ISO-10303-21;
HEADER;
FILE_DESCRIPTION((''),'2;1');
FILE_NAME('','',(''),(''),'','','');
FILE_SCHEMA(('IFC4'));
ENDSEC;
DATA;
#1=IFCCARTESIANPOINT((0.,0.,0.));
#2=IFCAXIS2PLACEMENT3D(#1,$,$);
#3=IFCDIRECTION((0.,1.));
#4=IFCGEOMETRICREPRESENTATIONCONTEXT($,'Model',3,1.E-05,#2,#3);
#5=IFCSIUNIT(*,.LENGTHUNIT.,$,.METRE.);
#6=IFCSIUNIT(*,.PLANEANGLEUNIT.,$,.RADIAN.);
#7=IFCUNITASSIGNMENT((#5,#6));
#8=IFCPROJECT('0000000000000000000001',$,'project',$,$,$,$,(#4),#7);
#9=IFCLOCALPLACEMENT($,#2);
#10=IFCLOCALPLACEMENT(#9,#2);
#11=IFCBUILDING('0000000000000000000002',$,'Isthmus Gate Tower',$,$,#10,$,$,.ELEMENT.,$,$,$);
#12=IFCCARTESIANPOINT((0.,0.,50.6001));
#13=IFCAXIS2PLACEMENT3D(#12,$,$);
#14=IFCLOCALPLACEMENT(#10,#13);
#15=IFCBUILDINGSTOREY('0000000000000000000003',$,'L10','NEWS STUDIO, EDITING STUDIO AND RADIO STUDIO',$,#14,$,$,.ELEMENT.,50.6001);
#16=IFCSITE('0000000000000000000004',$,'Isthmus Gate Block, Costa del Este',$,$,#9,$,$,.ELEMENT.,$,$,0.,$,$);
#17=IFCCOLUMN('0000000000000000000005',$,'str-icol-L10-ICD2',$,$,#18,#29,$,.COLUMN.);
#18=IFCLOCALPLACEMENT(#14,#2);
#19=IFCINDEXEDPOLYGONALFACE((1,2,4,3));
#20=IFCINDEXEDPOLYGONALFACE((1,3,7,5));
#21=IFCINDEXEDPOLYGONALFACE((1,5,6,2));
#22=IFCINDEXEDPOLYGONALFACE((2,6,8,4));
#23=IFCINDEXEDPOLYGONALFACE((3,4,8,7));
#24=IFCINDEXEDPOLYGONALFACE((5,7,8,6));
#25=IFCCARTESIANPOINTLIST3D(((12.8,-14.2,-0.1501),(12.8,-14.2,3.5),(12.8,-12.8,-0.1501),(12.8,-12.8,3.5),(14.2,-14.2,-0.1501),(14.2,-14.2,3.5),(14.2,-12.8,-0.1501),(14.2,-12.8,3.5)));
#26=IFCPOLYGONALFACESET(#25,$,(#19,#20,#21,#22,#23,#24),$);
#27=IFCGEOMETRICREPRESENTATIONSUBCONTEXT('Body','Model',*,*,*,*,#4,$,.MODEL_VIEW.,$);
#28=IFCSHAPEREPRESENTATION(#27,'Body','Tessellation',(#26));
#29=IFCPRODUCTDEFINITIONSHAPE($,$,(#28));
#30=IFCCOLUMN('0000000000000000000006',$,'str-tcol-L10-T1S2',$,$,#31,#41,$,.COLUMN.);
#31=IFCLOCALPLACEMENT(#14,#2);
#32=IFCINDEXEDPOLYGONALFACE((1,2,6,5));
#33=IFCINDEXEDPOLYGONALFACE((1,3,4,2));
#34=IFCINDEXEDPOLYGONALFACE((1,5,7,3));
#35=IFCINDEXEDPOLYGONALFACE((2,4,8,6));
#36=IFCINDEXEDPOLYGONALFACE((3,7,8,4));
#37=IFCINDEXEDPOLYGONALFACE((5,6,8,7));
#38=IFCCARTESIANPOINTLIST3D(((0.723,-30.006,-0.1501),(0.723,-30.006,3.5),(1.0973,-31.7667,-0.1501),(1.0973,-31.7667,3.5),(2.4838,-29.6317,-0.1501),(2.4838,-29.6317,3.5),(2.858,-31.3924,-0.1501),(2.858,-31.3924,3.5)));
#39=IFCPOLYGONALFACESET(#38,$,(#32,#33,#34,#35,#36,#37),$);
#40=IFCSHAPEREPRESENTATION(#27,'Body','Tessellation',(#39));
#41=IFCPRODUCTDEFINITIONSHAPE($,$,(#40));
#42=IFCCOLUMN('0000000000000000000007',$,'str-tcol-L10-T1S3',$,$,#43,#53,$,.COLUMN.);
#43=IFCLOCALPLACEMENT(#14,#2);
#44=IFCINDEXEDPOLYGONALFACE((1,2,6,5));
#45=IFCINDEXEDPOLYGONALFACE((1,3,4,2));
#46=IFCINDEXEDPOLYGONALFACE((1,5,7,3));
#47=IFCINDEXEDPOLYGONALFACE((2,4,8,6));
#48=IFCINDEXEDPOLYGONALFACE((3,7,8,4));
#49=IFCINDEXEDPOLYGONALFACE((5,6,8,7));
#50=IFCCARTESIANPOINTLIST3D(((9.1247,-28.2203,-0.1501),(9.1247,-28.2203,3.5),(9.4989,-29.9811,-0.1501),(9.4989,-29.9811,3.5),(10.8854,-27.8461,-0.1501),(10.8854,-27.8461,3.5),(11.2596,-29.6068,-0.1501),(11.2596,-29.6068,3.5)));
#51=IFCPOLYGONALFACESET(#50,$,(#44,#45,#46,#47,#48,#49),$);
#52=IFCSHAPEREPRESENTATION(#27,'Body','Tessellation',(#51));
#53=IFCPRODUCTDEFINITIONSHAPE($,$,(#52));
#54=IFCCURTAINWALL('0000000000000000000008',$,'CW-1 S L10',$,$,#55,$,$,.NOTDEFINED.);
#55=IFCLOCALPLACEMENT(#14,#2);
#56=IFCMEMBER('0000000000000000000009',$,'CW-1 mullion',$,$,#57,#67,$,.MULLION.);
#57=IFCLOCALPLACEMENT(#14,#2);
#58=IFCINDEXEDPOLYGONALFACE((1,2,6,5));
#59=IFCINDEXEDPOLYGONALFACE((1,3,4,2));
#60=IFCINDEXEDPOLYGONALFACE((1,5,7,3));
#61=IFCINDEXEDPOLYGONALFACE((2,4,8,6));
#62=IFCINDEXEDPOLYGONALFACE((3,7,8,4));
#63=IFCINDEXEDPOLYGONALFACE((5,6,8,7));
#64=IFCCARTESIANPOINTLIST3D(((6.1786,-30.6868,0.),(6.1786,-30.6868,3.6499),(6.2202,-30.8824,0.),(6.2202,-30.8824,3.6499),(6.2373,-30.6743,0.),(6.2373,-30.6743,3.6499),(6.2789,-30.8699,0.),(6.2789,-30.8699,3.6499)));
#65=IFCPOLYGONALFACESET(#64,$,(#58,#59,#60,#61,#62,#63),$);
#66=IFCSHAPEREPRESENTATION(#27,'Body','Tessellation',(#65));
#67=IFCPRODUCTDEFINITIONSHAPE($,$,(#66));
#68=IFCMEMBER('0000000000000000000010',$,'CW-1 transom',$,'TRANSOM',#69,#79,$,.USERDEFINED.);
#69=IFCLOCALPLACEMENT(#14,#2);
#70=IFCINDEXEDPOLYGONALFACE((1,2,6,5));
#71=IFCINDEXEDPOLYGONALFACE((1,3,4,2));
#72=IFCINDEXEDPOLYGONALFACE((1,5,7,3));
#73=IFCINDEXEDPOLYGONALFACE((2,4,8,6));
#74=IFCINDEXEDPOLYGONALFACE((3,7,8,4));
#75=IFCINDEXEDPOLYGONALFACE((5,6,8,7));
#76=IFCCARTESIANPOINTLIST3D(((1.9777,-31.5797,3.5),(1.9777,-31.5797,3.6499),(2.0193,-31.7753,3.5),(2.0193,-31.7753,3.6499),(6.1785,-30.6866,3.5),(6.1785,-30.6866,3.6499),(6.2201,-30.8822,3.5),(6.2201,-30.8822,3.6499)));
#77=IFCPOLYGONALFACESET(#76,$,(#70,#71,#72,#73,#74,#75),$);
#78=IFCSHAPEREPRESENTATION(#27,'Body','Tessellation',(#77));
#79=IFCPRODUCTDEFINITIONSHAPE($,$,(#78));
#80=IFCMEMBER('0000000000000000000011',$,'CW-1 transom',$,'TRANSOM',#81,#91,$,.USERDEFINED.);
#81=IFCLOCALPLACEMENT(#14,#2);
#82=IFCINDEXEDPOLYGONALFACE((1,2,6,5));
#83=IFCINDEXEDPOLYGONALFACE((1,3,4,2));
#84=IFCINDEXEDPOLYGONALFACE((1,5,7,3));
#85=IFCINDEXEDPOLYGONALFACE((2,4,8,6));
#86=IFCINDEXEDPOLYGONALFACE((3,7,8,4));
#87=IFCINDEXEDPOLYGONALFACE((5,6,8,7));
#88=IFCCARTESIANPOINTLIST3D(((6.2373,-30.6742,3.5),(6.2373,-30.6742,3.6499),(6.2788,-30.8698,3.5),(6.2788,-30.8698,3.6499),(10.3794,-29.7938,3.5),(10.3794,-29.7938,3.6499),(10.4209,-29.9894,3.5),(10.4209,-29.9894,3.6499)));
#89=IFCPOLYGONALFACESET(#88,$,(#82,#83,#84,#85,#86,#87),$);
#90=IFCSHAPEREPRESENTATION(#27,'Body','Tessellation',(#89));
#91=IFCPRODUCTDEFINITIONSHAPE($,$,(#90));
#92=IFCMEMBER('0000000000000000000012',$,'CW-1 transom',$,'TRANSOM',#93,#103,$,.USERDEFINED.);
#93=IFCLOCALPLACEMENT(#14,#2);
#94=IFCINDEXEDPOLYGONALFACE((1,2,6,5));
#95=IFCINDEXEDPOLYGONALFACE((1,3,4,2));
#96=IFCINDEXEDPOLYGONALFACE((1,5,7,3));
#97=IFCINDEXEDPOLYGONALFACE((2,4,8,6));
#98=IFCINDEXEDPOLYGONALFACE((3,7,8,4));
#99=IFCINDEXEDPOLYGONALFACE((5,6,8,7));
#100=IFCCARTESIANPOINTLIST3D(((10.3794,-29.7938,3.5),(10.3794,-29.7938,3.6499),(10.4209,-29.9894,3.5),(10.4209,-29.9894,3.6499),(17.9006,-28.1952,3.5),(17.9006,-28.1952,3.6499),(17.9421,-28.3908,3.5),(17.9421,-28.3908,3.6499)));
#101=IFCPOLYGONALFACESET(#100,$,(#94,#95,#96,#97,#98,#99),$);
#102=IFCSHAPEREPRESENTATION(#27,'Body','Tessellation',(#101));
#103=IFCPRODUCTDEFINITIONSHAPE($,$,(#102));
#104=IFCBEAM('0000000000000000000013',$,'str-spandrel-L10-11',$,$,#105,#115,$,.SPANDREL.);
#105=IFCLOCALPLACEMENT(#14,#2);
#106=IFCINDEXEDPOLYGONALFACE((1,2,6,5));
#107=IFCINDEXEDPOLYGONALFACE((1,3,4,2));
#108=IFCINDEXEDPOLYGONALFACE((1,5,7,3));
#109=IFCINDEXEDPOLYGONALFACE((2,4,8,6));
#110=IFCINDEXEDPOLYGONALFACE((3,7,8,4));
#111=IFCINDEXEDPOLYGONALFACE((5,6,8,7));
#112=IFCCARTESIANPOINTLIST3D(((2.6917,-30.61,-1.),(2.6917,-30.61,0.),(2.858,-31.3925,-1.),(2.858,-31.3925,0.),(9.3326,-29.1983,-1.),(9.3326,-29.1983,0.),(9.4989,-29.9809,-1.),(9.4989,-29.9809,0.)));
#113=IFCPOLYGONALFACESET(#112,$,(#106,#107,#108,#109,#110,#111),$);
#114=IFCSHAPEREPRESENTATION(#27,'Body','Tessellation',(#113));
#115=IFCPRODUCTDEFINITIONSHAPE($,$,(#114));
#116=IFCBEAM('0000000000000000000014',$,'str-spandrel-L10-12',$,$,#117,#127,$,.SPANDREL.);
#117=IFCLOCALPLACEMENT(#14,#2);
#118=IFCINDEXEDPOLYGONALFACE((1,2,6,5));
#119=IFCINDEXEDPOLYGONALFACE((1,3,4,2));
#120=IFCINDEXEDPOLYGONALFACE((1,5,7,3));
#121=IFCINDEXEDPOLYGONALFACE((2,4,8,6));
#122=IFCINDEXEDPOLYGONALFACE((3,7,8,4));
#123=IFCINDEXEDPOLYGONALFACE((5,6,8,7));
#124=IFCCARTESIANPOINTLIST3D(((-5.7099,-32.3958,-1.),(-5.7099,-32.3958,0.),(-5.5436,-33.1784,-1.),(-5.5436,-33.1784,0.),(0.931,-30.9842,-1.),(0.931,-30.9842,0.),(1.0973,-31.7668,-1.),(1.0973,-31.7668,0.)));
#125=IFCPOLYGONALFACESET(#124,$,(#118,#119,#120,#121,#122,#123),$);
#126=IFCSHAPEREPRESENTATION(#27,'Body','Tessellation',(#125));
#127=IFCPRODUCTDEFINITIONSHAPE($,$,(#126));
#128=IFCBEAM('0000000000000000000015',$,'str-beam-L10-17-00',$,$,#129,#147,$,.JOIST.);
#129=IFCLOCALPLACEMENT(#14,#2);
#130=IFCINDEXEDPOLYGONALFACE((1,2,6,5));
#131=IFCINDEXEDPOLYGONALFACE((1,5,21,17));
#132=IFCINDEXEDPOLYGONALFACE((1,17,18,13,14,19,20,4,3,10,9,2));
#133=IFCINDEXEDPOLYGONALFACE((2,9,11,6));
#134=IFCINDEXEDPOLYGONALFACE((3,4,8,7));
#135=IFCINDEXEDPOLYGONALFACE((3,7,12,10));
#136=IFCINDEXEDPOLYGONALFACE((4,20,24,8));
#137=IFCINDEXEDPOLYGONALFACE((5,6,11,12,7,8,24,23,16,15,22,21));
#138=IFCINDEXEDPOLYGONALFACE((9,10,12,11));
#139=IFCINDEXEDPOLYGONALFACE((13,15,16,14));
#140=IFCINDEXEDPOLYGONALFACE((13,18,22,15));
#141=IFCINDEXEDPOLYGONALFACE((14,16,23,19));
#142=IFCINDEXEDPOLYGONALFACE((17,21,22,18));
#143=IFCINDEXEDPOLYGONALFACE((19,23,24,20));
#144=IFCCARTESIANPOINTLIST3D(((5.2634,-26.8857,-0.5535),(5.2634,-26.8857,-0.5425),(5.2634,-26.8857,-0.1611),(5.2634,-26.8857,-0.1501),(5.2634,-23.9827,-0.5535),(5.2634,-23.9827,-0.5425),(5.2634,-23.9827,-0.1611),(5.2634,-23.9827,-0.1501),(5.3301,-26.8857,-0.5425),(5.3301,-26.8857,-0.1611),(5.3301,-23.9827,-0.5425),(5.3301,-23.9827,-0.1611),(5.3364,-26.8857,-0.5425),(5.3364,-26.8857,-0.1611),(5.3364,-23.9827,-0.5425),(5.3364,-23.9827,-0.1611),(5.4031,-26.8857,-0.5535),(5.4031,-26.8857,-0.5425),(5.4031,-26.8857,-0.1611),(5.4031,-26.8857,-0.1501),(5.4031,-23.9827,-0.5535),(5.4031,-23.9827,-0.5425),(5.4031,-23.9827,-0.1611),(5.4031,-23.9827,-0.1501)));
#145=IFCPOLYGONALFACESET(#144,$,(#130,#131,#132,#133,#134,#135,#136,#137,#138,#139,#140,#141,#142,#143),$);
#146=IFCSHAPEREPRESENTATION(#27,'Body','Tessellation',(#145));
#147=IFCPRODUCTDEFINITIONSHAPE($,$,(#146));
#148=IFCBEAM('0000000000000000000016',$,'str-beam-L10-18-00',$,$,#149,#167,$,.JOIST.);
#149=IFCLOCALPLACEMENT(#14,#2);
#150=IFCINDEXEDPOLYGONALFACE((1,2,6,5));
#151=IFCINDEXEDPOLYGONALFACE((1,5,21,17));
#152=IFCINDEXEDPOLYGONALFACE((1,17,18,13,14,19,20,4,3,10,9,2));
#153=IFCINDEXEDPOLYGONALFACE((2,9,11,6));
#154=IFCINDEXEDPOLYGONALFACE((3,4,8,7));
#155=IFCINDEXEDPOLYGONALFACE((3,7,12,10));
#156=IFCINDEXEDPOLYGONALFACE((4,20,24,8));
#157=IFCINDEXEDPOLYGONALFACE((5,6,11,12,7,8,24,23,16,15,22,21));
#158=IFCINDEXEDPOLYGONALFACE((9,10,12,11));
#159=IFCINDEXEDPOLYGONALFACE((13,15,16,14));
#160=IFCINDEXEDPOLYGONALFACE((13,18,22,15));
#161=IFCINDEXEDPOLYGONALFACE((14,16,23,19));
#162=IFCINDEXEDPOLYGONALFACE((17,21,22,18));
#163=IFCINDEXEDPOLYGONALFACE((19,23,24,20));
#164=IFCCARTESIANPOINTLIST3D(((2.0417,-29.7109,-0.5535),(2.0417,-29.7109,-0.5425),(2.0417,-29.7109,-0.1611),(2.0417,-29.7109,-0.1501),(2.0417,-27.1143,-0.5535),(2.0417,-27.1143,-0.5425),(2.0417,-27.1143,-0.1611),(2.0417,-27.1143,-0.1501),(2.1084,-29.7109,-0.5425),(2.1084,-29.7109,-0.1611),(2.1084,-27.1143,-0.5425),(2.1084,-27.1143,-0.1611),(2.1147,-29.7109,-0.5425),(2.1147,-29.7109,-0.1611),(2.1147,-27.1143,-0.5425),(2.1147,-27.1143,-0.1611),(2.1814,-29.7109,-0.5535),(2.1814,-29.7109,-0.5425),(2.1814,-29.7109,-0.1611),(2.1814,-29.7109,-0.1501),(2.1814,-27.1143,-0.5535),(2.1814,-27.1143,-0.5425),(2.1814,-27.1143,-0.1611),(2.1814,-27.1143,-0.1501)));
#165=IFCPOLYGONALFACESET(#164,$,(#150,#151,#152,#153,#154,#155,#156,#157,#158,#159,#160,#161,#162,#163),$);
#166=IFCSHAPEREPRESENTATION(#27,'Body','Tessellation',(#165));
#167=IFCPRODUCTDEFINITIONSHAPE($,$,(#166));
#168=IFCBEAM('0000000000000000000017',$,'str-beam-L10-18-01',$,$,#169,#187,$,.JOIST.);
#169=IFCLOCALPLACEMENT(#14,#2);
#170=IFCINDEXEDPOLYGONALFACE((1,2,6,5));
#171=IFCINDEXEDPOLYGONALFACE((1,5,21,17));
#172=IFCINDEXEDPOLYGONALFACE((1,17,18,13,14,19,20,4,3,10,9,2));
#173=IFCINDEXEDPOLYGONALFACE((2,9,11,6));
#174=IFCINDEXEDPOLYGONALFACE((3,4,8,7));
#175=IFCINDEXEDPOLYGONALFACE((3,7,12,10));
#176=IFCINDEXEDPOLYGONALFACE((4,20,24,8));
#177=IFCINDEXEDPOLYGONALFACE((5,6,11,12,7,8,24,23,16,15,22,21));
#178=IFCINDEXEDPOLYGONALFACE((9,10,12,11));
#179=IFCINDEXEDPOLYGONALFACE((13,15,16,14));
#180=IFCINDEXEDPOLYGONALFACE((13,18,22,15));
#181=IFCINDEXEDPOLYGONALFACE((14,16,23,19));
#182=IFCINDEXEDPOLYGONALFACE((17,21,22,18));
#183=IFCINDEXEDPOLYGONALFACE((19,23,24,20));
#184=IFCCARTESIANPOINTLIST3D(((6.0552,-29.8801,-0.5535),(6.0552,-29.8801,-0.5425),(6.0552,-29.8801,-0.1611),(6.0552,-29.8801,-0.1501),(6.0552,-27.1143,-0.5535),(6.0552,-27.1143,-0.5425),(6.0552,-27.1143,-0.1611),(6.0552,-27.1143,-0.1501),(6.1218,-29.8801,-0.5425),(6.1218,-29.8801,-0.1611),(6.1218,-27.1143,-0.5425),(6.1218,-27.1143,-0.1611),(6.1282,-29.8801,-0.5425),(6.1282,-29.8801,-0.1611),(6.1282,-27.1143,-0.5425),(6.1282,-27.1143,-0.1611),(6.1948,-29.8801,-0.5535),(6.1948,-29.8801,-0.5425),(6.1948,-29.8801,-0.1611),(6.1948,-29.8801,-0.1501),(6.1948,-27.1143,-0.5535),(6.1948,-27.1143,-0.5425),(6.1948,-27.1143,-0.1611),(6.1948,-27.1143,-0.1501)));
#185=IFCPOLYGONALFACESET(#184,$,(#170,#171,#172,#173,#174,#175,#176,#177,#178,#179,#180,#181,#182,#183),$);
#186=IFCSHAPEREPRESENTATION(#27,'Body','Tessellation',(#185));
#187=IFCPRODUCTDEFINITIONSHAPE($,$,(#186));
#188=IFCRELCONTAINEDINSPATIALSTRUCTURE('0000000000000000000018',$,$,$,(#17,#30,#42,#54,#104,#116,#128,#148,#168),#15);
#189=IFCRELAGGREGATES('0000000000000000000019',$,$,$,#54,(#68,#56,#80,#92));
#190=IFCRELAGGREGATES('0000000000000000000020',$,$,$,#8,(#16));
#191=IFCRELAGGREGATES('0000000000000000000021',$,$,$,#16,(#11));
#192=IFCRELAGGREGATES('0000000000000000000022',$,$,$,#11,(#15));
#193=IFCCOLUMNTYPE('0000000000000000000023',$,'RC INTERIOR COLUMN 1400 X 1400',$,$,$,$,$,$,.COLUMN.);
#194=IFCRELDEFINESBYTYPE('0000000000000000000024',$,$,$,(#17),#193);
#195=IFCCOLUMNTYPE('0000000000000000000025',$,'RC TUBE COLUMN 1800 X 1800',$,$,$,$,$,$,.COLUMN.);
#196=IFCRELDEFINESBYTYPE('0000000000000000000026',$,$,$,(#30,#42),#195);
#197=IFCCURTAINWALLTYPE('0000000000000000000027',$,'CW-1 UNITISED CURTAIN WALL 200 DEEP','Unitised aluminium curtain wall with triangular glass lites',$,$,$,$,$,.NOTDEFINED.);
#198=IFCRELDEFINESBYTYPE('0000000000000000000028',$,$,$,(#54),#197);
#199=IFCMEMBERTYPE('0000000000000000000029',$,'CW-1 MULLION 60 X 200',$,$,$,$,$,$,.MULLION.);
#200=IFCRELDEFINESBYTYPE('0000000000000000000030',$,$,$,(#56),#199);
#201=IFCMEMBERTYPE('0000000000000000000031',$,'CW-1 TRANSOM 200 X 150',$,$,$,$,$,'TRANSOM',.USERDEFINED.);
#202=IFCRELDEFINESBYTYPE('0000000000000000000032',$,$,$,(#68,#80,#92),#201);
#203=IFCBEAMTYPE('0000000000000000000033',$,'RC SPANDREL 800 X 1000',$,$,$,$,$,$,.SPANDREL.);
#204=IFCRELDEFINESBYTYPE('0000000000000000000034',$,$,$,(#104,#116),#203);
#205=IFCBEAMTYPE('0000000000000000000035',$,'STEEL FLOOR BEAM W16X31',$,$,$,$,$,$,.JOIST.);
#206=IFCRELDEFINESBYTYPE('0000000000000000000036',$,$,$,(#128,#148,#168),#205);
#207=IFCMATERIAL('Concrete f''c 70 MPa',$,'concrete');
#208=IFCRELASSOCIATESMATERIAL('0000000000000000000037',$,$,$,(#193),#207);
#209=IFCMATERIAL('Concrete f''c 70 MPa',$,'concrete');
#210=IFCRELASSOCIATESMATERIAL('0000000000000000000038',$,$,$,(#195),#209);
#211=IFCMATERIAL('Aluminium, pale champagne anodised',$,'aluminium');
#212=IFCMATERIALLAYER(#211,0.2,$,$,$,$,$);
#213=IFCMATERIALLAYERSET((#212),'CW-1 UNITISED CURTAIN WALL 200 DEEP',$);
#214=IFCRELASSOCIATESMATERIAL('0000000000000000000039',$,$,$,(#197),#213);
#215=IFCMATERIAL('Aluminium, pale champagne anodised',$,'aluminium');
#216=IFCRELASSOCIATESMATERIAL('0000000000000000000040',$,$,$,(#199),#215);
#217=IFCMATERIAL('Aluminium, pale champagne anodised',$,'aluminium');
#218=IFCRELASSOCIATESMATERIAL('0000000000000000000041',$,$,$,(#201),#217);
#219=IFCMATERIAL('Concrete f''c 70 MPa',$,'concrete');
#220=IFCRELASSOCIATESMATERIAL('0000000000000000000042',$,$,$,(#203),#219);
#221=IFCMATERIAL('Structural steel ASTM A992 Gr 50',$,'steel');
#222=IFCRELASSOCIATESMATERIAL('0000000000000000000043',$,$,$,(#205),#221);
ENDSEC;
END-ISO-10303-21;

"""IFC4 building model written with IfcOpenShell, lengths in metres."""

from ifc_helpers import new_model, si_unit, direction, frame, origin, origin_2d, place, context, subcontext, project, spatial, rectangle, i_section, extrude, material, layer, layer_set, material_profile, profile_set, type_object, element, aggregate, save


model = new_model("IFC4")

# Units and contexts
model_context = context("Model", 3, precision=1e-05, world=origin(), true_north=direction((0.0, 1.0)))
body_context = subcontext(model_context, "Body", "Model", "MODEL_VIEW")
ifc_project = project(units=[si_unit("LENGTHUNIT", "METRE"), si_unit("PLANEANGLEUNIT", "RADIAN")], contexts=[model_context])

# Site, building, storey
site_placement = place(None, origin())
site = spatial("IfcSite", under=ifc_project, at=site_placement, Name="Isthmus Gate Block, Costa del Este", CompositionType="ELEMENT", RefElevation=0.0)
building_placement = place(site_placement, origin())
building = spatial("IfcBuilding", under=site, at=building_placement, Name="Isthmus Gate Tower", CompositionType="ELEMENT")
storey_placement = place(building_placement, frame((0.0, 0.0, 50.6001)))
storey = spatial("IfcBuildingStorey", under=building, at=storey_placement, Name="L10", Description="NEWS STUDIO, EDITING STUDIO AND RADIO STUDIO", CompositionType="ELEMENT", Elevation=50.6001)

# Columns
ifc_material_1 = material(Name="Concrete f'c 70 MPa", Category="concrete")
ifc_material_profile_1 = material_profile(ifc_material_1, rectangle(XDim=1.3999, YDim=1.3999, at=origin_2d()), Name="RC 1400X1400")
ifc_profile_set_1 = profile_set([ifc_material_profile_1], Name="Concrete f'c 70 MPa")
column_type_1 = type_object("IfcColumnType", Name="RC INTERIOR COLUMN 1400 X 1400", PredefinedType="COLUMN", material=ifc_profile_set_1)
column_placement = place(storey_placement, frame((13.5, -13.5, -0.1501), z_axis=(0.0, 0.0, 1.0), x_axis=(1.0, 0.0, 0.0)))
element("IfcColumn", 1, at=column_placement, inside=storey, type_object=column_type_1, Name="str-icol-L10-ICD2", PredefinedType="COLUMN", context=body_context, shape_type="SweptSolid", body=[
    extrude(rectangle(XDim=1.3999, YDim=1.3999, at=origin_2d()), origin(), (0.0, 0.0, 1.0), 3.6501),
])
ifc_material_2 = material(Name="Concrete f'c 70 MPa", Category="concrete")
ifc_material_profile_2 = material_profile(ifc_material_2, rectangle(XDim=1.8, YDim=1.8, at=origin_2d()), Name="RC 1800X1800")
ifc_profile_set_2 = profile_set([ifc_material_profile_2], Name="Concrete f'c 70 MPa")
column_type_2 = type_object("IfcColumnType", Name="RC TUBE COLUMN 1800 X 1800", PredefinedType="COLUMN", material=ifc_profile_set_2)
for number, where, z_axis, x_axis, name in (
    (2, (1.7905, -30.6992, -0.1501), (0.0, 0.0, 1.0), (0.978148, 0.207912, 0.0), "str-tcol-L10-T1S2"),
    (3, (10.1921, -28.9136, -0.1501), (0.0, 0.0, 1.0), (0.978148, 0.207912, 0.0), "str-tcol-L10-T1S3"),
):
    element("IfcColumn", number, at=place(storey_placement, frame(where, z_axis=z_axis, x_axis=x_axis)), inside=storey, type_object=column_type_2, Name=name, PredefinedType="COLUMN", context=body_context, shape_type="SweptSolid", body=[
        extrude(rectangle(XDim=1.8, YDim=1.8, at=origin_2d()), origin(), (0.0, 0.0, 1.0), 3.6501),
    ])

# Curtain wall, members
ifc_material_3 = material(Name="Aluminium, pale champagne anodised", Category="aluminium")
ifc_layer_1 = layer(ifc_material_3, 0.2)
ifc_layer_set_1 = layer_set([ifc_layer_1], Name="CW-1 UNITISED CURTAIN WALL 200 DEEP")
curtain_wall_type = type_object("IfcCurtainWallType", Name="CW-1 UNITISED CURTAIN WALL 200 DEEP", Description="Unitised aluminium curtain wall with triangular glass lites", PredefinedType="NOTDEFINED", material=ifc_layer_set_1)
curtain_wall_placement = place(storey_placement, origin())
curtain_wall = element("IfcCurtainWall", 4, at=curtain_wall_placement, inside=storey, type_object=curtain_wall_type, Name="CW-1 S L10", PredefinedType="NOTDEFINED")
ifc_material_4 = material(Name="Aluminium, pale champagne anodised", Category="aluminium")
ifc_material_profile_3 = material_profile(ifc_material_4, rectangle(XDim=0.0601, YDim=0.2, at=origin_2d()), Name="60x200")
ifc_profile_set_3 = profile_set([ifc_material_profile_3], Name="Aluminium, pale champagne anodised")
member_type_1 = type_object("IfcMemberType", Name="CW-1 MULLION 60 X 200", PredefinedType="MULLION", material=ifc_profile_set_3)
member_1_placement = place(storey_placement, frame((6.2288, -30.7783, 0.0), z_axis=(0.0, 0.0, 1.0), x_axis=(0.978148, 0.207912, 0.0)))
member_1 = element("IfcMember", 5, at=member_1_placement, type_object=member_type_1, Name="CW-1 mullion", PredefinedType="MULLION", context=body_context, shape_type="SweptSolid", body=[
    extrude(rectangle(XDim=0.0601, YDim=0.2, at=origin_2d()), origin(), (0.0, 0.0, 1.0), 3.6499),
])
ifc_material_5 = material(Name="Aluminium, pale champagne anodised", Category="aluminium")
ifc_material_profile_4 = material_profile(ifc_material_5, rectangle(XDim=0.2, YDim=0.1499, at=origin_2d()), Name="200x150")
ifc_profile_set_4 = profile_set([ifc_material_profile_4], Name="Aluminium, pale champagne anodised")
member_type_2 = type_object("IfcMemberType", Name="CW-1 TRANSOM 200 X 150", ElementType="TRANSOM", PredefinedType="USERDEFINED", material=ifc_profile_set_4)
member_2_placement = place(storey_placement, frame((1.9985, -31.6775, 3.575), z_axis=(0.978139, 0.207953, 0.0), x_axis=(-0.207953, 0.978139, 0.0)))
member_2 = element("IfcMember", 6, at=member_2_placement, type_object=member_type_2, Name="CW-1 transom", ObjectType="TRANSOM", PredefinedType="USERDEFINED", context=body_context, shape_type="SweptSolid", body=[
    extrude(rectangle(XDim=0.2, YDim=0.1499, at=origin_2d()), origin(), (0.0, 0.0, 1.0), 4.2947),
])
member_3_placement = place(storey_placement, frame((6.2581, -30.772, 3.575), z_axis=(0.97815, 0.207899, 0.0), x_axis=(-0.207899, 0.97815, 0.0)))
member_3 = element("IfcMember", 7, at=member_3_placement, type_object=member_type_2, Name="CW-1 transom", ObjectType="TRANSOM", PredefinedType="USERDEFINED", context=body_context, shape_type="SweptSolid", body=[
    extrude(rectangle(XDim=0.2, YDim=0.1499, at=origin_2d()), origin(), (0.0, 0.0, 1.0), 4.2346),
])
member_4_placement = place(storey_placement, frame((10.4001, -29.8916, 3.575), z_axis=(0.978149, 0.207905, 0.0), x_axis=(-0.207905, 0.978149, 0.0)))
member_4 = element("IfcMember", 8, at=member_4_placement, type_object=member_type_2, Name="CW-1 transom", ObjectType="TRANSOM", PredefinedType="USERDEFINED", context=body_context, shape_type="SweptSolid", body=[
    extrude(rectangle(XDim=0.2, YDim=0.1499, at=origin_2d()), origin(), (0.0, 0.0, 1.0), 7.6892),
])

# Beams
ifc_material_6 = material(Name="Concrete f'c 70 MPa", Category="concrete")
ifc_material_profile_5 = material_profile(ifc_material_6, rectangle(XDim=0.8, YDim=1.0, at=origin_2d()), Name="RC 800X1000")
ifc_profile_set_5 = profile_set([ifc_material_profile_5], Name="Concrete f'c 70 MPa")
beam_type_1 = type_object("IfcBeamType", Name="RC SPANDREL 800 X 1000", PredefinedType="SPANDREL", material=ifc_profile_set_5)
for number, where, z_axis, x_axis, name in (
    (9, (9.4158, -29.5896, -0.5), (-0.978146, -0.20792, 0.0), (0.20792, -0.978146, 0.0), "str-spandrel-L10-11"),
    (10, (1.0142, -31.3755, -0.5), (-0.978146, -0.20792, 0.0), (0.20792, -0.978146, 0.0), "str-spandrel-L10-12"),
):
    element("IfcBeam", number, at=place(storey_placement, frame(where, z_axis=z_axis, x_axis=x_axis)), inside=storey, type_object=beam_type_1, Name=name, PredefinedType="SPANDREL", context=body_context, shape_type="SweptSolid", body=[
        extrude(rectangle(XDim=0.8, YDim=1.0, at=origin_2d()), origin(), (0.0, 0.0, 1.0), 6.7893),
    ])
ifc_material_7 = material(Name="Structural steel ASTM A992 Gr 50", Category="steel")
ifc_material_profile_6 = material_profile(ifc_material_7, i_section(OverallWidth=0.1396, OverallDepth=0.4033, WebThickness=0.0063, FlangeThickness=0.011, at=origin_2d()), Name="W16X31")
ifc_profile_set_6 = profile_set([ifc_material_profile_6], Name="Structural steel ASTM A992 Gr 50")
beam_type_2 = type_object("IfcBeamType", Name="STEEL FLOOR BEAM W16X31", PredefinedType="JOIST", material=ifc_profile_set_6)
beam_1_placement = place(storey_placement, frame((5.3333, -26.8857, -0.3518), z_axis=(0.0, 1.0, 0.0), x_axis=(-1.0, 0.0, 0.0)))
element("IfcBeam", 11, at=beam_1_placement, inside=storey, type_object=beam_type_2, Name="str-beam-L10-17-00", PredefinedType="JOIST", context=body_context, shape_type="SweptSolid", body=[
    extrude(i_section(OverallWidth=0.1396, OverallDepth=0.4033, WebThickness=0.0063, FlangeThickness=0.011, at=origin_2d()), origin(), (0.0, 0.0, 1.0), 2.9031),
])
beam_2_placement = place(storey_placement, frame((2.1116, -29.7109, -0.3518), z_axis=(0.0, 1.0, 0.0), x_axis=(-1.0, 0.0, 0.0)))
element("IfcBeam", 12, at=beam_2_placement, inside=storey, type_object=beam_type_2, Name="str-beam-L10-18-00", PredefinedType="JOIST", context=body_context, shape_type="SweptSolid", body=[
    extrude(i_section(OverallWidth=0.1396, OverallDepth=0.4033, WebThickness=0.0063, FlangeThickness=0.011, at=origin_2d()), origin(), (0.0, 0.0, 1.0), 2.5967),
])
beam_3_placement = place(storey_placement, frame((6.125, -29.8801, -0.3518), z_axis=(0.0, 1.0, 0.0), x_axis=(-1.0, 0.0, 0.0)))
element("IfcBeam", 13, at=beam_3_placement, inside=storey, type_object=beam_type_2, Name="str-beam-L10-18-01", PredefinedType="JOIST", context=body_context, shape_type="SweptSolid", body=[
    extrude(i_section(OverallWidth=0.1396, OverallDepth=0.4033, WebThickness=0.0063, FlangeThickness=0.011, at=origin_2d()), origin(), (0.0, 0.0, 1.0), 2.7659),
])

aggregate(curtain_wall, [member_2, member_1, member_3, member_4])

save(model, "model.ifc")
